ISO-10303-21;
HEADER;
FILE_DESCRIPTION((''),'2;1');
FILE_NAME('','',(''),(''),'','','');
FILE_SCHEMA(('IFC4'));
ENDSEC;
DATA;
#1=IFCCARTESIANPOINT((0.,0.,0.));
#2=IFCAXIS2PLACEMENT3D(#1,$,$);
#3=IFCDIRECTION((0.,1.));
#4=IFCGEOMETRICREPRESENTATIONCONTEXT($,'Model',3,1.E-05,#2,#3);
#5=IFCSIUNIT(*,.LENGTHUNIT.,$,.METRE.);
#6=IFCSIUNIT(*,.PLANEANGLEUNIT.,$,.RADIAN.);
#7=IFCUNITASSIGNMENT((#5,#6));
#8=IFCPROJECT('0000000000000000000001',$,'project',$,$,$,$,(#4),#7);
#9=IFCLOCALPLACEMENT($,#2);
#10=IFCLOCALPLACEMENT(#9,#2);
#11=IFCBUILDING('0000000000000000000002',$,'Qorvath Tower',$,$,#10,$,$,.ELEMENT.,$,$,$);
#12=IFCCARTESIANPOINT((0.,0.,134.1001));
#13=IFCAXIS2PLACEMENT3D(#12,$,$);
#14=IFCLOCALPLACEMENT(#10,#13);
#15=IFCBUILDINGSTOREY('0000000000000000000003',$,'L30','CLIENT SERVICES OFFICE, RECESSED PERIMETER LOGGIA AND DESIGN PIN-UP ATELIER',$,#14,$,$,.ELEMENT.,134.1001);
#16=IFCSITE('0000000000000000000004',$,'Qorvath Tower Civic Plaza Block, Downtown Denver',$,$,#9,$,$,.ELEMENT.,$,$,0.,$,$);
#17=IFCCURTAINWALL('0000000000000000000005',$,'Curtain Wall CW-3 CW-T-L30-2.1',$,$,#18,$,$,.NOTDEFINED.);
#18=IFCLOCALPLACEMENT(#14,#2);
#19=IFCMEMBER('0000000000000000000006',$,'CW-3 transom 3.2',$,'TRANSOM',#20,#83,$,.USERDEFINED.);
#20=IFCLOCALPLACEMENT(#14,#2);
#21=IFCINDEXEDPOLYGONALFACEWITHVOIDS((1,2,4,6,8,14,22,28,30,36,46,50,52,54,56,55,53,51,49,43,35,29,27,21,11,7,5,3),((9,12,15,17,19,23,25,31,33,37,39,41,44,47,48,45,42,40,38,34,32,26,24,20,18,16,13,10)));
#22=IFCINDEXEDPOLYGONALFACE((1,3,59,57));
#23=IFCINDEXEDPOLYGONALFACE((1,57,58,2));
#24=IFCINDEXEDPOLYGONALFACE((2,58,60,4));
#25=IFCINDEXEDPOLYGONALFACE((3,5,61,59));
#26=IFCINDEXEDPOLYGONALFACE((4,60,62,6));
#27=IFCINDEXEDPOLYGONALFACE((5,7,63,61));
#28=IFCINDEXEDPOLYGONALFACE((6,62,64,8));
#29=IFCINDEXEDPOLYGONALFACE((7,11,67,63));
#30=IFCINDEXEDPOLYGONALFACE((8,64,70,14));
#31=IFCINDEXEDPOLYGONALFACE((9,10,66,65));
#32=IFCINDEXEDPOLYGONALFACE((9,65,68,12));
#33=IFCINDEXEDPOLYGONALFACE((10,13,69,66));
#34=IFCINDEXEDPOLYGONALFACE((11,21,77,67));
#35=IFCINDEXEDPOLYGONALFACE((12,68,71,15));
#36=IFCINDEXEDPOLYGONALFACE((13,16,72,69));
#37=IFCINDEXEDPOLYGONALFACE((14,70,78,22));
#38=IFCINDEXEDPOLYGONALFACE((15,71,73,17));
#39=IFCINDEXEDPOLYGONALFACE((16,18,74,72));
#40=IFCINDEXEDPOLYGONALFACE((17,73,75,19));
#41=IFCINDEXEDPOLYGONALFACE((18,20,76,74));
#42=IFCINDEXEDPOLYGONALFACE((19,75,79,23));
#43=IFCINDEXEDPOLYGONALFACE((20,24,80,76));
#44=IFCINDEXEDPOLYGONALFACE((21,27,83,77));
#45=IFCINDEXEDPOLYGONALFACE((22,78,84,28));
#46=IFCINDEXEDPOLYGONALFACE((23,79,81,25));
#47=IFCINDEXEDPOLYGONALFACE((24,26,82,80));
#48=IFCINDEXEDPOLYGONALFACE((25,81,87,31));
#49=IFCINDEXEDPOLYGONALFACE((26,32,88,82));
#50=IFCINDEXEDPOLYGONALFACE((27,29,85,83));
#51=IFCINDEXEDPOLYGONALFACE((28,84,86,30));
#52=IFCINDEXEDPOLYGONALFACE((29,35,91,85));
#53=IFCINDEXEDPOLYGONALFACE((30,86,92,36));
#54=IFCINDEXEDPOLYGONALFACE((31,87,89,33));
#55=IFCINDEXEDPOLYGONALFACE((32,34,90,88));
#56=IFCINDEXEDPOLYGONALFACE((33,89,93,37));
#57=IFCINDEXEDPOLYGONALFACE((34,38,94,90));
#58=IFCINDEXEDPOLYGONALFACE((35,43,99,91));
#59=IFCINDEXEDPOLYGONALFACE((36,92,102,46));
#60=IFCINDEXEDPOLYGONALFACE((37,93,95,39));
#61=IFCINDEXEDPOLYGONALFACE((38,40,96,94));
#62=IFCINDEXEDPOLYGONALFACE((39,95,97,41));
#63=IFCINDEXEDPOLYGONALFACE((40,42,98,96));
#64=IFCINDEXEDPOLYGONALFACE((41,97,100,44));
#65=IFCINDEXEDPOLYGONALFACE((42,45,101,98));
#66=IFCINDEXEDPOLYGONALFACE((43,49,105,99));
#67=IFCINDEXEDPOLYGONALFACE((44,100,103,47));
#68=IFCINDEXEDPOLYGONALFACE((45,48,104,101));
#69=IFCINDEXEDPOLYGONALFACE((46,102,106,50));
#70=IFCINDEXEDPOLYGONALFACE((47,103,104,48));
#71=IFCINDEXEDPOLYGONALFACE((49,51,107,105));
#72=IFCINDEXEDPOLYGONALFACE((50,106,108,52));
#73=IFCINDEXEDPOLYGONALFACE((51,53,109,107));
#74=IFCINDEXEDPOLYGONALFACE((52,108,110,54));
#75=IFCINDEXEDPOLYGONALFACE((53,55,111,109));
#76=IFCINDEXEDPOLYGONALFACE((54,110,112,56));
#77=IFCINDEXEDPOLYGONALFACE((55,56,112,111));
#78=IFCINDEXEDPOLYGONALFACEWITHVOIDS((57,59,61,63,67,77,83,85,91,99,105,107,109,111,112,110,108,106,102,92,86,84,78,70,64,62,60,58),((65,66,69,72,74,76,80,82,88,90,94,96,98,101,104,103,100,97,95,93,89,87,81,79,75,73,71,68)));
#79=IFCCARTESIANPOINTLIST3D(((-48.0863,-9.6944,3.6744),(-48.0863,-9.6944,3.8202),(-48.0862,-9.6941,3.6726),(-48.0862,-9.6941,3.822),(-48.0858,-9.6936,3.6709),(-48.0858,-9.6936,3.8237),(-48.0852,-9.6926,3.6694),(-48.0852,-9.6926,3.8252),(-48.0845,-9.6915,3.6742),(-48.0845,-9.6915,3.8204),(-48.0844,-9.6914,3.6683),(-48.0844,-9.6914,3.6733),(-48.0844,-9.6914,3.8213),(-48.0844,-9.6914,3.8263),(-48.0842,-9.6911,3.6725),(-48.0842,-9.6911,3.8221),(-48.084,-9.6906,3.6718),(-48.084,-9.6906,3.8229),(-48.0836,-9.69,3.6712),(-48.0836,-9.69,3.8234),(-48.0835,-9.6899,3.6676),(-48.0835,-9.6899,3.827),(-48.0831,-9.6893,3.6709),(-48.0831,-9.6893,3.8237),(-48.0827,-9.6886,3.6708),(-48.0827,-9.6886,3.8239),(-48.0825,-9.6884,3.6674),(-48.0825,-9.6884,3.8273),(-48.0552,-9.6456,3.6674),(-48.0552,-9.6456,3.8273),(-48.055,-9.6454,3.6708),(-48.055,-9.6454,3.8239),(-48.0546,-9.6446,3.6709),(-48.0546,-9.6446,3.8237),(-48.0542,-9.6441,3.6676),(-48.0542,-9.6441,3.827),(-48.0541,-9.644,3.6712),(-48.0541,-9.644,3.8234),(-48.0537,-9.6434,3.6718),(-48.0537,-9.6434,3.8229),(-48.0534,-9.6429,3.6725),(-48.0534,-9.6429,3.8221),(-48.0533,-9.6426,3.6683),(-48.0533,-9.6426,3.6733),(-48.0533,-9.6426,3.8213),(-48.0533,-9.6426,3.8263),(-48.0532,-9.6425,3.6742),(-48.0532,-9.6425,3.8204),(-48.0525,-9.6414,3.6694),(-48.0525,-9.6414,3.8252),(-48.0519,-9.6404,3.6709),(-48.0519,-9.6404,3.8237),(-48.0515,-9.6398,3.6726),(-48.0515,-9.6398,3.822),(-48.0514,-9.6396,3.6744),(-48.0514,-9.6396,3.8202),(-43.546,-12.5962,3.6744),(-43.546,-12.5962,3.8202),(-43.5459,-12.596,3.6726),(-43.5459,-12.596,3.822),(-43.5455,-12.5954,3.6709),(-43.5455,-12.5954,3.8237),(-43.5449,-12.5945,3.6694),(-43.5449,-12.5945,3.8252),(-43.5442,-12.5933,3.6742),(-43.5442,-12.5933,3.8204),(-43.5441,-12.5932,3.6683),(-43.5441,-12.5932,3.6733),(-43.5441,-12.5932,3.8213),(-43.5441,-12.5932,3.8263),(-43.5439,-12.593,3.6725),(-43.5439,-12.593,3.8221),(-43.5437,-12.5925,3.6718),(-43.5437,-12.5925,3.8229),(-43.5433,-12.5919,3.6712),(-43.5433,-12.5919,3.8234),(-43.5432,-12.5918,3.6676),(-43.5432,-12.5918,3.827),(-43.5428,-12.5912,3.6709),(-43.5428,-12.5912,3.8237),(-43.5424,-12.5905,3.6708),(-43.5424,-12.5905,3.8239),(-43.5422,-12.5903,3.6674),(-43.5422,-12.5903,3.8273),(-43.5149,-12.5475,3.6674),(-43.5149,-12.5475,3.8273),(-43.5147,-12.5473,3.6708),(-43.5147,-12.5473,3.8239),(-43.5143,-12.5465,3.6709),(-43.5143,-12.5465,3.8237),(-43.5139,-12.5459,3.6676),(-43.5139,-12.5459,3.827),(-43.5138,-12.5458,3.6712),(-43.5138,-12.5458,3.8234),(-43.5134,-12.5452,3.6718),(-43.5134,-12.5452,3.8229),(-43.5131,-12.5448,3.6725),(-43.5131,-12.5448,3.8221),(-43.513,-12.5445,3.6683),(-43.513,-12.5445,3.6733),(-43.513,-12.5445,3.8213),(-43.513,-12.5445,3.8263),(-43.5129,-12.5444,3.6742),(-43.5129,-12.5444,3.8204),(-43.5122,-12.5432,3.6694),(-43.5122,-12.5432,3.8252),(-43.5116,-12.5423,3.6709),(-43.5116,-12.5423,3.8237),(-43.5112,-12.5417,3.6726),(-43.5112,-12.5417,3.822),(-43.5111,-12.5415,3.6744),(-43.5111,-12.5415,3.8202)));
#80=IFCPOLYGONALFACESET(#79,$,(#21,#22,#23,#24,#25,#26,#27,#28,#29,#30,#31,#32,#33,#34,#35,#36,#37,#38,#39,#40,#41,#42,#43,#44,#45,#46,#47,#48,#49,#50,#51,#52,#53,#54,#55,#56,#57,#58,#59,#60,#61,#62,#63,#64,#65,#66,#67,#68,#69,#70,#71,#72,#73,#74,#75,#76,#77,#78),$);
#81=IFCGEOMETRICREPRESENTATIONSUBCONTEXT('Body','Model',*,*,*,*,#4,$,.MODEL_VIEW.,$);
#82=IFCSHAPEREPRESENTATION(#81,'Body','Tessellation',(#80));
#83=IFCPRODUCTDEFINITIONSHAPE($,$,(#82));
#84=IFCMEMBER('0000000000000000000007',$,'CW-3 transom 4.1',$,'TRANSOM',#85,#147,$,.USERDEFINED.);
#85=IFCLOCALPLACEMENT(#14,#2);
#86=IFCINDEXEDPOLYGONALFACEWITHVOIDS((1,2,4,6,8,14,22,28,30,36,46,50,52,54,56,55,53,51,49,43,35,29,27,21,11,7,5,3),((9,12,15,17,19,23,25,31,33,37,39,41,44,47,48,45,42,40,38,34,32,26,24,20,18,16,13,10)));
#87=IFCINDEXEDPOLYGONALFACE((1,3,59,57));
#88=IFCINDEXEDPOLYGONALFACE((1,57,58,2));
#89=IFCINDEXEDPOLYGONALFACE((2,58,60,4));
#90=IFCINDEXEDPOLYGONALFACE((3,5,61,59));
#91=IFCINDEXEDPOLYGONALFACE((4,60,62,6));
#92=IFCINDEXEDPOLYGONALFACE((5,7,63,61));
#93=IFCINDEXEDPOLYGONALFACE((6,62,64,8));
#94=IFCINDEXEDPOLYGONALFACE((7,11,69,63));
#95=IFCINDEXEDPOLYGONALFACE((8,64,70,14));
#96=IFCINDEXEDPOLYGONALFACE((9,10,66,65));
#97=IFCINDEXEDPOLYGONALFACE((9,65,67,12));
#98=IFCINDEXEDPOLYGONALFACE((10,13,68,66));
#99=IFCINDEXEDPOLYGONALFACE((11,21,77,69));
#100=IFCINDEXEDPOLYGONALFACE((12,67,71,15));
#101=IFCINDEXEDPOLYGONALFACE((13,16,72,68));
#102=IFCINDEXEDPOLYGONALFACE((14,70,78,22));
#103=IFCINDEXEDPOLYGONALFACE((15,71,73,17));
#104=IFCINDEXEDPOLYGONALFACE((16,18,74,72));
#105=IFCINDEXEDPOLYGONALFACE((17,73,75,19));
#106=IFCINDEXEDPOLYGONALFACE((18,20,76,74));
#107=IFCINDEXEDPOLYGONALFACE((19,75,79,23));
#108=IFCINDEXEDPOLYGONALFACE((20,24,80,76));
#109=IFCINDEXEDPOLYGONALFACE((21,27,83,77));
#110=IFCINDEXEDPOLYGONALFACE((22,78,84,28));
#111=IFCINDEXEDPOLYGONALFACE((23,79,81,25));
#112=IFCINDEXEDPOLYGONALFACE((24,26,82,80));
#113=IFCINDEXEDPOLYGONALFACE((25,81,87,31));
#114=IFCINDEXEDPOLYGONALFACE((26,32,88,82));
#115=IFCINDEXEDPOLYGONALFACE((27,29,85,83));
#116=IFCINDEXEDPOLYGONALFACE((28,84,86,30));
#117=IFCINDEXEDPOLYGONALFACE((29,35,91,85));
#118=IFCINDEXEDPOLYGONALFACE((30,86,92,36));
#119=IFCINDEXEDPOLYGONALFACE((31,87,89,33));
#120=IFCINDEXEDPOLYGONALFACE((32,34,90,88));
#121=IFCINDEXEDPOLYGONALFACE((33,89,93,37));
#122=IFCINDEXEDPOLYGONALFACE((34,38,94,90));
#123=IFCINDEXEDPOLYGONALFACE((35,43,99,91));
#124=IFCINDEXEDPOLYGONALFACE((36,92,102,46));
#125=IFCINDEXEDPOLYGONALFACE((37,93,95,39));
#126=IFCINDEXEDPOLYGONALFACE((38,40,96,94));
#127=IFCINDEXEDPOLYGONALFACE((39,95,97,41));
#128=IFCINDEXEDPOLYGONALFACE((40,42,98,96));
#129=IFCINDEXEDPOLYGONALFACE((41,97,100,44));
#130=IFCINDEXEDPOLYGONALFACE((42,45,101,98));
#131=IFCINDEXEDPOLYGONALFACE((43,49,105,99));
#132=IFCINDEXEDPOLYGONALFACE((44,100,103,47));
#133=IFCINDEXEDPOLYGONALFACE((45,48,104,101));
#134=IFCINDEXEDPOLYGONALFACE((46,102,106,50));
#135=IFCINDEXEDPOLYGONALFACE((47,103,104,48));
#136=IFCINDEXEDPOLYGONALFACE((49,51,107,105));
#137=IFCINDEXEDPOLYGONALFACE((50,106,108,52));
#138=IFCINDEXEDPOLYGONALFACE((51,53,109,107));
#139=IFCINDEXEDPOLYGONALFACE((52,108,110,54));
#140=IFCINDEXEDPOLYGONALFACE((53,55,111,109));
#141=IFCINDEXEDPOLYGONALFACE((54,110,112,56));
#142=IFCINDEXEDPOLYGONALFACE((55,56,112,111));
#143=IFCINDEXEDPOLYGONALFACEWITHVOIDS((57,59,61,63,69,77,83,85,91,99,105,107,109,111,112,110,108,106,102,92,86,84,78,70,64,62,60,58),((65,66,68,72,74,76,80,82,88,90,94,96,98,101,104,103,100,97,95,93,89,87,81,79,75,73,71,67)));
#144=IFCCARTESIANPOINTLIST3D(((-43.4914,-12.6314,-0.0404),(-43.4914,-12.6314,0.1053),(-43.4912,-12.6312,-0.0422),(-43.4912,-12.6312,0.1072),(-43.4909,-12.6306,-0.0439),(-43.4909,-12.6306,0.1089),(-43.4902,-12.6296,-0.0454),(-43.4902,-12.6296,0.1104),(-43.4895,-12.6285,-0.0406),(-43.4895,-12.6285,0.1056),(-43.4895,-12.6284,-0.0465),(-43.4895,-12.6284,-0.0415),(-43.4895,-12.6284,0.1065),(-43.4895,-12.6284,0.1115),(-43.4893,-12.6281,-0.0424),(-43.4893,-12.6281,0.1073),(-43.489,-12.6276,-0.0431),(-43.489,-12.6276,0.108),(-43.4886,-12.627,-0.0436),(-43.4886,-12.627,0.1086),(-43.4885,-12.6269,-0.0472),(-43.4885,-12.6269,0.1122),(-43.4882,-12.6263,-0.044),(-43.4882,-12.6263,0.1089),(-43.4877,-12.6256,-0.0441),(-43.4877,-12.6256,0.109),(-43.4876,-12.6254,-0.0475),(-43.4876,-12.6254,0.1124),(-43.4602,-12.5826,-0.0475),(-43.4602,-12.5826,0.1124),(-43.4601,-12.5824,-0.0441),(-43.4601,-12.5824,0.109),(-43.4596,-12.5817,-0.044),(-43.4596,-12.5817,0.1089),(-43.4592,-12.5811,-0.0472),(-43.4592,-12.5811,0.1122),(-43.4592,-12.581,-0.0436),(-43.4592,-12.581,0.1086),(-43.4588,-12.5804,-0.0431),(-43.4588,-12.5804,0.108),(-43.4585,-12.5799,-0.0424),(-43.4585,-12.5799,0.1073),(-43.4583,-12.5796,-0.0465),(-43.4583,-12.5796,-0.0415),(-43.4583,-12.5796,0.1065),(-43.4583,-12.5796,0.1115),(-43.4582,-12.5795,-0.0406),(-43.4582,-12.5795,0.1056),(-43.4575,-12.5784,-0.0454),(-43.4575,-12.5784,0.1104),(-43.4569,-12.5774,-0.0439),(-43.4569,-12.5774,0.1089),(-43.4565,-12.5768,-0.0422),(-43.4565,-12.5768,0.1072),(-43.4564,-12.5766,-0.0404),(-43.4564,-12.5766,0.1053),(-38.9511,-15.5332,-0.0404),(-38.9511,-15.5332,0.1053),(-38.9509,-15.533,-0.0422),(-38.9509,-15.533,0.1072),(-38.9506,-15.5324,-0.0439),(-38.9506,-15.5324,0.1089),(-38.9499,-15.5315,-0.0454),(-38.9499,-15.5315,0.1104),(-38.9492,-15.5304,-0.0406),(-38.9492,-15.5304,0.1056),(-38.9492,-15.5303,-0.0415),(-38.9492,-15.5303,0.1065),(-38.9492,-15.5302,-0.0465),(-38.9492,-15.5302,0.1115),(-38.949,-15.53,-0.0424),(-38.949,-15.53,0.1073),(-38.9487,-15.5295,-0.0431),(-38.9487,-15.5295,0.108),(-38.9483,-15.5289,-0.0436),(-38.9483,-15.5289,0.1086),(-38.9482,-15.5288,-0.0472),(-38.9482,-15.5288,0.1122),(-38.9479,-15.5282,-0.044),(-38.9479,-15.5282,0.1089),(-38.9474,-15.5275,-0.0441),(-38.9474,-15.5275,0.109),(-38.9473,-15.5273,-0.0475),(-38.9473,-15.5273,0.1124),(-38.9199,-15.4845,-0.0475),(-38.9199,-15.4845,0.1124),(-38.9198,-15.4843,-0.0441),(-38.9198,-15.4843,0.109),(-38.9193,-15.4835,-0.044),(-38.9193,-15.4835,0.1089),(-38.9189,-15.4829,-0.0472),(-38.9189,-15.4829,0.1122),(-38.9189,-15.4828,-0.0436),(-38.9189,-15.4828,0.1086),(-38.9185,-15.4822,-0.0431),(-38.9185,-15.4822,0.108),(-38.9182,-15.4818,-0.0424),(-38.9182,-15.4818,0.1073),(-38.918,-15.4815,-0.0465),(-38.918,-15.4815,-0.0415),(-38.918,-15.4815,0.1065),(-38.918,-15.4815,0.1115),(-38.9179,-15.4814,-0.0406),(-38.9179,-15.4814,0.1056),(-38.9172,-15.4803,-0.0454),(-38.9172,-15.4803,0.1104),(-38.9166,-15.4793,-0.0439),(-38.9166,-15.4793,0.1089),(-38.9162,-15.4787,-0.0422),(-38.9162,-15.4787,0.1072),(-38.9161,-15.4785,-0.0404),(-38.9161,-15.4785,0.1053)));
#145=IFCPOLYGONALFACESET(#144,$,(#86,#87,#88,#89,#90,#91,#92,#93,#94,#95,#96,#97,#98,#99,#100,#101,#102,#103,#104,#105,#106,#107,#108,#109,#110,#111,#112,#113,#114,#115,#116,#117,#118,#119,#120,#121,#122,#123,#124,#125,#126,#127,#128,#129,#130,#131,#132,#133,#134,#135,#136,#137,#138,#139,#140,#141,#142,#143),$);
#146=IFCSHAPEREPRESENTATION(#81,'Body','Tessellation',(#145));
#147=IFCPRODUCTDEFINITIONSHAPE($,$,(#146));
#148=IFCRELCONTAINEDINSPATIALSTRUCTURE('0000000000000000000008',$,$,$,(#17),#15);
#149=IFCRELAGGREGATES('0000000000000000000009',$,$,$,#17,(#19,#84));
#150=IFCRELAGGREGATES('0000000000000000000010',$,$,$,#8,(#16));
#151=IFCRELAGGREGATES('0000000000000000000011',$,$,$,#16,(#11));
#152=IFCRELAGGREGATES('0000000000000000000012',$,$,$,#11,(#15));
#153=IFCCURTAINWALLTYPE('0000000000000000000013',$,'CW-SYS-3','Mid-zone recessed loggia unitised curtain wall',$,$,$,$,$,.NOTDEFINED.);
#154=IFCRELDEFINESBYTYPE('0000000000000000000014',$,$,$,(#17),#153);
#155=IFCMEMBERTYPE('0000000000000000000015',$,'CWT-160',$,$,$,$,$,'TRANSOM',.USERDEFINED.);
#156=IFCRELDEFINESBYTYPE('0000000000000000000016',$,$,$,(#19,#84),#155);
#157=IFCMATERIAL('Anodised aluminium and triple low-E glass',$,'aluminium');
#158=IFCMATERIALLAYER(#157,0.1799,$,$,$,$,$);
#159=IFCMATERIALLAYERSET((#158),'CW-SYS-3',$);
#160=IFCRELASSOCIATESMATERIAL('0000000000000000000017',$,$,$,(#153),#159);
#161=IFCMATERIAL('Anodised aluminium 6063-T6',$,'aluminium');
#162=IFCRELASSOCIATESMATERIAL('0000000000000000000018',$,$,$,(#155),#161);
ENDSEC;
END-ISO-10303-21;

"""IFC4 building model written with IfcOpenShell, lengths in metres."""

from ifc_helpers import new_model, si_unit, direction, frame, origin, origin_2d, place, context, subcontext, project, spatial, hollow_rectangle, extrude, material, layer, layer_set, material_profile, profile_set, type_object, element, aggregate, save


model = new_model("IFC4")

# Units and contexts
model_context = context("Model", 3, precision=1e-05, world=origin(), true_north=direction((0.0, 1.0)))
body_context = subcontext(model_context, "Body", "Model", "MODEL_VIEW")
ifc_project = project(units=[si_unit("LENGTHUNIT", "METRE"), si_unit("PLANEANGLEUNIT", "RADIAN")], contexts=[model_context])

# Site, building, storey
site_placement = place(None, origin())
site = spatial("IfcSite", under=ifc_project, at=site_placement, Name="Qorvath Tower Civic Plaza Block, Downtown Denver", CompositionType="ELEMENT", RefElevation=0.0)
building_placement = place(site_placement, origin())
building = spatial("IfcBuilding", under=site, at=building_placement, Name="Qorvath Tower", CompositionType="ELEMENT")
storey_placement = place(building_placement, frame((0.0, 0.0, 134.1001)))
storey = spatial("IfcBuildingStorey", under=building, at=storey_placement, Name="L30", Description="CLIENT SERVICES OFFICE, RECESSED PERIMETER LOGGIA AND DESIGN PIN-UP ATELIER", CompositionType="ELEMENT", Elevation=134.1001)

# Curtain wall, members
ifc_material_1 = material(Name="Anodised aluminium and triple low-E glass", Category="aluminium")
ifc_layer_1 = layer(ifc_material_1, 0.1799)
ifc_layer_set_1 = layer_set([ifc_layer_1], Name="CW-SYS-3")
curtain_wall_type = type_object("IfcCurtainWallType", Name="CW-SYS-3", Description="Mid-zone recessed loggia unitised curtain wall", PredefinedType="NOTDEFINED", material=ifc_layer_set_1)
curtain_wall_placement = place(storey_placement, origin())
curtain_wall = element("IfcCurtainWall", 1, at=curtain_wall_placement, inside=storey, type_object=curtain_wall_type, Name="Curtain Wall CW-3 CW-T-L30-2.1", PredefinedType="NOTDEFINED")
ifc_material_2 = material(Name="Anodised aluminium 6063-T6", Category="aluminium")
ifc_material_profile_1 = material_profile(ifc_material_2, hollow_rectangle(XDim=0.0649, YDim=0.1599, WallThickness=0.0034, InnerFilletRadius=0.0034, OuterFilletRadius=0.0071, at=origin_2d()), Name="CWT 160x65")
ifc_profile_set_1 = profile_set([ifc_material_profile_1], Name="Anodised aluminium 6063-T6")
member_type_1 = type_object("IfcMemberType", Name="CWT-160", ElementType="TRANSOM", PredefinedType="USERDEFINED", material=ifc_profile_set_1)
member_1_placement = place(storey_placement, frame((-48.0688, -9.667, 3.7473), z_axis=(0.842602, -0.538537, 0.0), x_axis=(0.538537, 0.842602, 0.0)))
member_1 = element("IfcMember", 2, at=member_1_placement, type_object=member_type_1, Name="CW-3 transom 3.2", ObjectType="TRANSOM", PredefinedType="USERDEFINED", context=body_context, shape_type="SweptSolid", body=[
    extrude(hollow_rectangle(XDim=0.0649, YDim=0.1599, WallThickness=0.0034, InnerFilletRadius=0.0034, OuterFilletRadius=0.0071, at=origin_2d()), origin(), (0.0, 0.0, 1.0), 5.3884),
])
member_2_placement = place(storey_placement, frame((-43.4739, -12.604, 0.0325), z_axis=(0.842602, -0.538537, 0.0), x_axis=(0.538537, 0.842602, 0.0)))
member_2 = element("IfcMember", 3, at=member_2_placement, type_object=member_type_1, Name="CW-3 transom 4.1", ObjectType="TRANSOM", PredefinedType="USERDEFINED", context=body_context, shape_type="SweptSolid", body=[
    extrude(hollow_rectangle(XDim=0.0649, YDim=0.1599, WallThickness=0.0034, InnerFilletRadius=0.0034, OuterFilletRadius=0.0071, at=origin_2d()), origin(), (0.0, 0.0, 1.0), 5.3884),
])
aggregate(curtain_wall, [member_1, member_2])

save(model, "model.ifc")
